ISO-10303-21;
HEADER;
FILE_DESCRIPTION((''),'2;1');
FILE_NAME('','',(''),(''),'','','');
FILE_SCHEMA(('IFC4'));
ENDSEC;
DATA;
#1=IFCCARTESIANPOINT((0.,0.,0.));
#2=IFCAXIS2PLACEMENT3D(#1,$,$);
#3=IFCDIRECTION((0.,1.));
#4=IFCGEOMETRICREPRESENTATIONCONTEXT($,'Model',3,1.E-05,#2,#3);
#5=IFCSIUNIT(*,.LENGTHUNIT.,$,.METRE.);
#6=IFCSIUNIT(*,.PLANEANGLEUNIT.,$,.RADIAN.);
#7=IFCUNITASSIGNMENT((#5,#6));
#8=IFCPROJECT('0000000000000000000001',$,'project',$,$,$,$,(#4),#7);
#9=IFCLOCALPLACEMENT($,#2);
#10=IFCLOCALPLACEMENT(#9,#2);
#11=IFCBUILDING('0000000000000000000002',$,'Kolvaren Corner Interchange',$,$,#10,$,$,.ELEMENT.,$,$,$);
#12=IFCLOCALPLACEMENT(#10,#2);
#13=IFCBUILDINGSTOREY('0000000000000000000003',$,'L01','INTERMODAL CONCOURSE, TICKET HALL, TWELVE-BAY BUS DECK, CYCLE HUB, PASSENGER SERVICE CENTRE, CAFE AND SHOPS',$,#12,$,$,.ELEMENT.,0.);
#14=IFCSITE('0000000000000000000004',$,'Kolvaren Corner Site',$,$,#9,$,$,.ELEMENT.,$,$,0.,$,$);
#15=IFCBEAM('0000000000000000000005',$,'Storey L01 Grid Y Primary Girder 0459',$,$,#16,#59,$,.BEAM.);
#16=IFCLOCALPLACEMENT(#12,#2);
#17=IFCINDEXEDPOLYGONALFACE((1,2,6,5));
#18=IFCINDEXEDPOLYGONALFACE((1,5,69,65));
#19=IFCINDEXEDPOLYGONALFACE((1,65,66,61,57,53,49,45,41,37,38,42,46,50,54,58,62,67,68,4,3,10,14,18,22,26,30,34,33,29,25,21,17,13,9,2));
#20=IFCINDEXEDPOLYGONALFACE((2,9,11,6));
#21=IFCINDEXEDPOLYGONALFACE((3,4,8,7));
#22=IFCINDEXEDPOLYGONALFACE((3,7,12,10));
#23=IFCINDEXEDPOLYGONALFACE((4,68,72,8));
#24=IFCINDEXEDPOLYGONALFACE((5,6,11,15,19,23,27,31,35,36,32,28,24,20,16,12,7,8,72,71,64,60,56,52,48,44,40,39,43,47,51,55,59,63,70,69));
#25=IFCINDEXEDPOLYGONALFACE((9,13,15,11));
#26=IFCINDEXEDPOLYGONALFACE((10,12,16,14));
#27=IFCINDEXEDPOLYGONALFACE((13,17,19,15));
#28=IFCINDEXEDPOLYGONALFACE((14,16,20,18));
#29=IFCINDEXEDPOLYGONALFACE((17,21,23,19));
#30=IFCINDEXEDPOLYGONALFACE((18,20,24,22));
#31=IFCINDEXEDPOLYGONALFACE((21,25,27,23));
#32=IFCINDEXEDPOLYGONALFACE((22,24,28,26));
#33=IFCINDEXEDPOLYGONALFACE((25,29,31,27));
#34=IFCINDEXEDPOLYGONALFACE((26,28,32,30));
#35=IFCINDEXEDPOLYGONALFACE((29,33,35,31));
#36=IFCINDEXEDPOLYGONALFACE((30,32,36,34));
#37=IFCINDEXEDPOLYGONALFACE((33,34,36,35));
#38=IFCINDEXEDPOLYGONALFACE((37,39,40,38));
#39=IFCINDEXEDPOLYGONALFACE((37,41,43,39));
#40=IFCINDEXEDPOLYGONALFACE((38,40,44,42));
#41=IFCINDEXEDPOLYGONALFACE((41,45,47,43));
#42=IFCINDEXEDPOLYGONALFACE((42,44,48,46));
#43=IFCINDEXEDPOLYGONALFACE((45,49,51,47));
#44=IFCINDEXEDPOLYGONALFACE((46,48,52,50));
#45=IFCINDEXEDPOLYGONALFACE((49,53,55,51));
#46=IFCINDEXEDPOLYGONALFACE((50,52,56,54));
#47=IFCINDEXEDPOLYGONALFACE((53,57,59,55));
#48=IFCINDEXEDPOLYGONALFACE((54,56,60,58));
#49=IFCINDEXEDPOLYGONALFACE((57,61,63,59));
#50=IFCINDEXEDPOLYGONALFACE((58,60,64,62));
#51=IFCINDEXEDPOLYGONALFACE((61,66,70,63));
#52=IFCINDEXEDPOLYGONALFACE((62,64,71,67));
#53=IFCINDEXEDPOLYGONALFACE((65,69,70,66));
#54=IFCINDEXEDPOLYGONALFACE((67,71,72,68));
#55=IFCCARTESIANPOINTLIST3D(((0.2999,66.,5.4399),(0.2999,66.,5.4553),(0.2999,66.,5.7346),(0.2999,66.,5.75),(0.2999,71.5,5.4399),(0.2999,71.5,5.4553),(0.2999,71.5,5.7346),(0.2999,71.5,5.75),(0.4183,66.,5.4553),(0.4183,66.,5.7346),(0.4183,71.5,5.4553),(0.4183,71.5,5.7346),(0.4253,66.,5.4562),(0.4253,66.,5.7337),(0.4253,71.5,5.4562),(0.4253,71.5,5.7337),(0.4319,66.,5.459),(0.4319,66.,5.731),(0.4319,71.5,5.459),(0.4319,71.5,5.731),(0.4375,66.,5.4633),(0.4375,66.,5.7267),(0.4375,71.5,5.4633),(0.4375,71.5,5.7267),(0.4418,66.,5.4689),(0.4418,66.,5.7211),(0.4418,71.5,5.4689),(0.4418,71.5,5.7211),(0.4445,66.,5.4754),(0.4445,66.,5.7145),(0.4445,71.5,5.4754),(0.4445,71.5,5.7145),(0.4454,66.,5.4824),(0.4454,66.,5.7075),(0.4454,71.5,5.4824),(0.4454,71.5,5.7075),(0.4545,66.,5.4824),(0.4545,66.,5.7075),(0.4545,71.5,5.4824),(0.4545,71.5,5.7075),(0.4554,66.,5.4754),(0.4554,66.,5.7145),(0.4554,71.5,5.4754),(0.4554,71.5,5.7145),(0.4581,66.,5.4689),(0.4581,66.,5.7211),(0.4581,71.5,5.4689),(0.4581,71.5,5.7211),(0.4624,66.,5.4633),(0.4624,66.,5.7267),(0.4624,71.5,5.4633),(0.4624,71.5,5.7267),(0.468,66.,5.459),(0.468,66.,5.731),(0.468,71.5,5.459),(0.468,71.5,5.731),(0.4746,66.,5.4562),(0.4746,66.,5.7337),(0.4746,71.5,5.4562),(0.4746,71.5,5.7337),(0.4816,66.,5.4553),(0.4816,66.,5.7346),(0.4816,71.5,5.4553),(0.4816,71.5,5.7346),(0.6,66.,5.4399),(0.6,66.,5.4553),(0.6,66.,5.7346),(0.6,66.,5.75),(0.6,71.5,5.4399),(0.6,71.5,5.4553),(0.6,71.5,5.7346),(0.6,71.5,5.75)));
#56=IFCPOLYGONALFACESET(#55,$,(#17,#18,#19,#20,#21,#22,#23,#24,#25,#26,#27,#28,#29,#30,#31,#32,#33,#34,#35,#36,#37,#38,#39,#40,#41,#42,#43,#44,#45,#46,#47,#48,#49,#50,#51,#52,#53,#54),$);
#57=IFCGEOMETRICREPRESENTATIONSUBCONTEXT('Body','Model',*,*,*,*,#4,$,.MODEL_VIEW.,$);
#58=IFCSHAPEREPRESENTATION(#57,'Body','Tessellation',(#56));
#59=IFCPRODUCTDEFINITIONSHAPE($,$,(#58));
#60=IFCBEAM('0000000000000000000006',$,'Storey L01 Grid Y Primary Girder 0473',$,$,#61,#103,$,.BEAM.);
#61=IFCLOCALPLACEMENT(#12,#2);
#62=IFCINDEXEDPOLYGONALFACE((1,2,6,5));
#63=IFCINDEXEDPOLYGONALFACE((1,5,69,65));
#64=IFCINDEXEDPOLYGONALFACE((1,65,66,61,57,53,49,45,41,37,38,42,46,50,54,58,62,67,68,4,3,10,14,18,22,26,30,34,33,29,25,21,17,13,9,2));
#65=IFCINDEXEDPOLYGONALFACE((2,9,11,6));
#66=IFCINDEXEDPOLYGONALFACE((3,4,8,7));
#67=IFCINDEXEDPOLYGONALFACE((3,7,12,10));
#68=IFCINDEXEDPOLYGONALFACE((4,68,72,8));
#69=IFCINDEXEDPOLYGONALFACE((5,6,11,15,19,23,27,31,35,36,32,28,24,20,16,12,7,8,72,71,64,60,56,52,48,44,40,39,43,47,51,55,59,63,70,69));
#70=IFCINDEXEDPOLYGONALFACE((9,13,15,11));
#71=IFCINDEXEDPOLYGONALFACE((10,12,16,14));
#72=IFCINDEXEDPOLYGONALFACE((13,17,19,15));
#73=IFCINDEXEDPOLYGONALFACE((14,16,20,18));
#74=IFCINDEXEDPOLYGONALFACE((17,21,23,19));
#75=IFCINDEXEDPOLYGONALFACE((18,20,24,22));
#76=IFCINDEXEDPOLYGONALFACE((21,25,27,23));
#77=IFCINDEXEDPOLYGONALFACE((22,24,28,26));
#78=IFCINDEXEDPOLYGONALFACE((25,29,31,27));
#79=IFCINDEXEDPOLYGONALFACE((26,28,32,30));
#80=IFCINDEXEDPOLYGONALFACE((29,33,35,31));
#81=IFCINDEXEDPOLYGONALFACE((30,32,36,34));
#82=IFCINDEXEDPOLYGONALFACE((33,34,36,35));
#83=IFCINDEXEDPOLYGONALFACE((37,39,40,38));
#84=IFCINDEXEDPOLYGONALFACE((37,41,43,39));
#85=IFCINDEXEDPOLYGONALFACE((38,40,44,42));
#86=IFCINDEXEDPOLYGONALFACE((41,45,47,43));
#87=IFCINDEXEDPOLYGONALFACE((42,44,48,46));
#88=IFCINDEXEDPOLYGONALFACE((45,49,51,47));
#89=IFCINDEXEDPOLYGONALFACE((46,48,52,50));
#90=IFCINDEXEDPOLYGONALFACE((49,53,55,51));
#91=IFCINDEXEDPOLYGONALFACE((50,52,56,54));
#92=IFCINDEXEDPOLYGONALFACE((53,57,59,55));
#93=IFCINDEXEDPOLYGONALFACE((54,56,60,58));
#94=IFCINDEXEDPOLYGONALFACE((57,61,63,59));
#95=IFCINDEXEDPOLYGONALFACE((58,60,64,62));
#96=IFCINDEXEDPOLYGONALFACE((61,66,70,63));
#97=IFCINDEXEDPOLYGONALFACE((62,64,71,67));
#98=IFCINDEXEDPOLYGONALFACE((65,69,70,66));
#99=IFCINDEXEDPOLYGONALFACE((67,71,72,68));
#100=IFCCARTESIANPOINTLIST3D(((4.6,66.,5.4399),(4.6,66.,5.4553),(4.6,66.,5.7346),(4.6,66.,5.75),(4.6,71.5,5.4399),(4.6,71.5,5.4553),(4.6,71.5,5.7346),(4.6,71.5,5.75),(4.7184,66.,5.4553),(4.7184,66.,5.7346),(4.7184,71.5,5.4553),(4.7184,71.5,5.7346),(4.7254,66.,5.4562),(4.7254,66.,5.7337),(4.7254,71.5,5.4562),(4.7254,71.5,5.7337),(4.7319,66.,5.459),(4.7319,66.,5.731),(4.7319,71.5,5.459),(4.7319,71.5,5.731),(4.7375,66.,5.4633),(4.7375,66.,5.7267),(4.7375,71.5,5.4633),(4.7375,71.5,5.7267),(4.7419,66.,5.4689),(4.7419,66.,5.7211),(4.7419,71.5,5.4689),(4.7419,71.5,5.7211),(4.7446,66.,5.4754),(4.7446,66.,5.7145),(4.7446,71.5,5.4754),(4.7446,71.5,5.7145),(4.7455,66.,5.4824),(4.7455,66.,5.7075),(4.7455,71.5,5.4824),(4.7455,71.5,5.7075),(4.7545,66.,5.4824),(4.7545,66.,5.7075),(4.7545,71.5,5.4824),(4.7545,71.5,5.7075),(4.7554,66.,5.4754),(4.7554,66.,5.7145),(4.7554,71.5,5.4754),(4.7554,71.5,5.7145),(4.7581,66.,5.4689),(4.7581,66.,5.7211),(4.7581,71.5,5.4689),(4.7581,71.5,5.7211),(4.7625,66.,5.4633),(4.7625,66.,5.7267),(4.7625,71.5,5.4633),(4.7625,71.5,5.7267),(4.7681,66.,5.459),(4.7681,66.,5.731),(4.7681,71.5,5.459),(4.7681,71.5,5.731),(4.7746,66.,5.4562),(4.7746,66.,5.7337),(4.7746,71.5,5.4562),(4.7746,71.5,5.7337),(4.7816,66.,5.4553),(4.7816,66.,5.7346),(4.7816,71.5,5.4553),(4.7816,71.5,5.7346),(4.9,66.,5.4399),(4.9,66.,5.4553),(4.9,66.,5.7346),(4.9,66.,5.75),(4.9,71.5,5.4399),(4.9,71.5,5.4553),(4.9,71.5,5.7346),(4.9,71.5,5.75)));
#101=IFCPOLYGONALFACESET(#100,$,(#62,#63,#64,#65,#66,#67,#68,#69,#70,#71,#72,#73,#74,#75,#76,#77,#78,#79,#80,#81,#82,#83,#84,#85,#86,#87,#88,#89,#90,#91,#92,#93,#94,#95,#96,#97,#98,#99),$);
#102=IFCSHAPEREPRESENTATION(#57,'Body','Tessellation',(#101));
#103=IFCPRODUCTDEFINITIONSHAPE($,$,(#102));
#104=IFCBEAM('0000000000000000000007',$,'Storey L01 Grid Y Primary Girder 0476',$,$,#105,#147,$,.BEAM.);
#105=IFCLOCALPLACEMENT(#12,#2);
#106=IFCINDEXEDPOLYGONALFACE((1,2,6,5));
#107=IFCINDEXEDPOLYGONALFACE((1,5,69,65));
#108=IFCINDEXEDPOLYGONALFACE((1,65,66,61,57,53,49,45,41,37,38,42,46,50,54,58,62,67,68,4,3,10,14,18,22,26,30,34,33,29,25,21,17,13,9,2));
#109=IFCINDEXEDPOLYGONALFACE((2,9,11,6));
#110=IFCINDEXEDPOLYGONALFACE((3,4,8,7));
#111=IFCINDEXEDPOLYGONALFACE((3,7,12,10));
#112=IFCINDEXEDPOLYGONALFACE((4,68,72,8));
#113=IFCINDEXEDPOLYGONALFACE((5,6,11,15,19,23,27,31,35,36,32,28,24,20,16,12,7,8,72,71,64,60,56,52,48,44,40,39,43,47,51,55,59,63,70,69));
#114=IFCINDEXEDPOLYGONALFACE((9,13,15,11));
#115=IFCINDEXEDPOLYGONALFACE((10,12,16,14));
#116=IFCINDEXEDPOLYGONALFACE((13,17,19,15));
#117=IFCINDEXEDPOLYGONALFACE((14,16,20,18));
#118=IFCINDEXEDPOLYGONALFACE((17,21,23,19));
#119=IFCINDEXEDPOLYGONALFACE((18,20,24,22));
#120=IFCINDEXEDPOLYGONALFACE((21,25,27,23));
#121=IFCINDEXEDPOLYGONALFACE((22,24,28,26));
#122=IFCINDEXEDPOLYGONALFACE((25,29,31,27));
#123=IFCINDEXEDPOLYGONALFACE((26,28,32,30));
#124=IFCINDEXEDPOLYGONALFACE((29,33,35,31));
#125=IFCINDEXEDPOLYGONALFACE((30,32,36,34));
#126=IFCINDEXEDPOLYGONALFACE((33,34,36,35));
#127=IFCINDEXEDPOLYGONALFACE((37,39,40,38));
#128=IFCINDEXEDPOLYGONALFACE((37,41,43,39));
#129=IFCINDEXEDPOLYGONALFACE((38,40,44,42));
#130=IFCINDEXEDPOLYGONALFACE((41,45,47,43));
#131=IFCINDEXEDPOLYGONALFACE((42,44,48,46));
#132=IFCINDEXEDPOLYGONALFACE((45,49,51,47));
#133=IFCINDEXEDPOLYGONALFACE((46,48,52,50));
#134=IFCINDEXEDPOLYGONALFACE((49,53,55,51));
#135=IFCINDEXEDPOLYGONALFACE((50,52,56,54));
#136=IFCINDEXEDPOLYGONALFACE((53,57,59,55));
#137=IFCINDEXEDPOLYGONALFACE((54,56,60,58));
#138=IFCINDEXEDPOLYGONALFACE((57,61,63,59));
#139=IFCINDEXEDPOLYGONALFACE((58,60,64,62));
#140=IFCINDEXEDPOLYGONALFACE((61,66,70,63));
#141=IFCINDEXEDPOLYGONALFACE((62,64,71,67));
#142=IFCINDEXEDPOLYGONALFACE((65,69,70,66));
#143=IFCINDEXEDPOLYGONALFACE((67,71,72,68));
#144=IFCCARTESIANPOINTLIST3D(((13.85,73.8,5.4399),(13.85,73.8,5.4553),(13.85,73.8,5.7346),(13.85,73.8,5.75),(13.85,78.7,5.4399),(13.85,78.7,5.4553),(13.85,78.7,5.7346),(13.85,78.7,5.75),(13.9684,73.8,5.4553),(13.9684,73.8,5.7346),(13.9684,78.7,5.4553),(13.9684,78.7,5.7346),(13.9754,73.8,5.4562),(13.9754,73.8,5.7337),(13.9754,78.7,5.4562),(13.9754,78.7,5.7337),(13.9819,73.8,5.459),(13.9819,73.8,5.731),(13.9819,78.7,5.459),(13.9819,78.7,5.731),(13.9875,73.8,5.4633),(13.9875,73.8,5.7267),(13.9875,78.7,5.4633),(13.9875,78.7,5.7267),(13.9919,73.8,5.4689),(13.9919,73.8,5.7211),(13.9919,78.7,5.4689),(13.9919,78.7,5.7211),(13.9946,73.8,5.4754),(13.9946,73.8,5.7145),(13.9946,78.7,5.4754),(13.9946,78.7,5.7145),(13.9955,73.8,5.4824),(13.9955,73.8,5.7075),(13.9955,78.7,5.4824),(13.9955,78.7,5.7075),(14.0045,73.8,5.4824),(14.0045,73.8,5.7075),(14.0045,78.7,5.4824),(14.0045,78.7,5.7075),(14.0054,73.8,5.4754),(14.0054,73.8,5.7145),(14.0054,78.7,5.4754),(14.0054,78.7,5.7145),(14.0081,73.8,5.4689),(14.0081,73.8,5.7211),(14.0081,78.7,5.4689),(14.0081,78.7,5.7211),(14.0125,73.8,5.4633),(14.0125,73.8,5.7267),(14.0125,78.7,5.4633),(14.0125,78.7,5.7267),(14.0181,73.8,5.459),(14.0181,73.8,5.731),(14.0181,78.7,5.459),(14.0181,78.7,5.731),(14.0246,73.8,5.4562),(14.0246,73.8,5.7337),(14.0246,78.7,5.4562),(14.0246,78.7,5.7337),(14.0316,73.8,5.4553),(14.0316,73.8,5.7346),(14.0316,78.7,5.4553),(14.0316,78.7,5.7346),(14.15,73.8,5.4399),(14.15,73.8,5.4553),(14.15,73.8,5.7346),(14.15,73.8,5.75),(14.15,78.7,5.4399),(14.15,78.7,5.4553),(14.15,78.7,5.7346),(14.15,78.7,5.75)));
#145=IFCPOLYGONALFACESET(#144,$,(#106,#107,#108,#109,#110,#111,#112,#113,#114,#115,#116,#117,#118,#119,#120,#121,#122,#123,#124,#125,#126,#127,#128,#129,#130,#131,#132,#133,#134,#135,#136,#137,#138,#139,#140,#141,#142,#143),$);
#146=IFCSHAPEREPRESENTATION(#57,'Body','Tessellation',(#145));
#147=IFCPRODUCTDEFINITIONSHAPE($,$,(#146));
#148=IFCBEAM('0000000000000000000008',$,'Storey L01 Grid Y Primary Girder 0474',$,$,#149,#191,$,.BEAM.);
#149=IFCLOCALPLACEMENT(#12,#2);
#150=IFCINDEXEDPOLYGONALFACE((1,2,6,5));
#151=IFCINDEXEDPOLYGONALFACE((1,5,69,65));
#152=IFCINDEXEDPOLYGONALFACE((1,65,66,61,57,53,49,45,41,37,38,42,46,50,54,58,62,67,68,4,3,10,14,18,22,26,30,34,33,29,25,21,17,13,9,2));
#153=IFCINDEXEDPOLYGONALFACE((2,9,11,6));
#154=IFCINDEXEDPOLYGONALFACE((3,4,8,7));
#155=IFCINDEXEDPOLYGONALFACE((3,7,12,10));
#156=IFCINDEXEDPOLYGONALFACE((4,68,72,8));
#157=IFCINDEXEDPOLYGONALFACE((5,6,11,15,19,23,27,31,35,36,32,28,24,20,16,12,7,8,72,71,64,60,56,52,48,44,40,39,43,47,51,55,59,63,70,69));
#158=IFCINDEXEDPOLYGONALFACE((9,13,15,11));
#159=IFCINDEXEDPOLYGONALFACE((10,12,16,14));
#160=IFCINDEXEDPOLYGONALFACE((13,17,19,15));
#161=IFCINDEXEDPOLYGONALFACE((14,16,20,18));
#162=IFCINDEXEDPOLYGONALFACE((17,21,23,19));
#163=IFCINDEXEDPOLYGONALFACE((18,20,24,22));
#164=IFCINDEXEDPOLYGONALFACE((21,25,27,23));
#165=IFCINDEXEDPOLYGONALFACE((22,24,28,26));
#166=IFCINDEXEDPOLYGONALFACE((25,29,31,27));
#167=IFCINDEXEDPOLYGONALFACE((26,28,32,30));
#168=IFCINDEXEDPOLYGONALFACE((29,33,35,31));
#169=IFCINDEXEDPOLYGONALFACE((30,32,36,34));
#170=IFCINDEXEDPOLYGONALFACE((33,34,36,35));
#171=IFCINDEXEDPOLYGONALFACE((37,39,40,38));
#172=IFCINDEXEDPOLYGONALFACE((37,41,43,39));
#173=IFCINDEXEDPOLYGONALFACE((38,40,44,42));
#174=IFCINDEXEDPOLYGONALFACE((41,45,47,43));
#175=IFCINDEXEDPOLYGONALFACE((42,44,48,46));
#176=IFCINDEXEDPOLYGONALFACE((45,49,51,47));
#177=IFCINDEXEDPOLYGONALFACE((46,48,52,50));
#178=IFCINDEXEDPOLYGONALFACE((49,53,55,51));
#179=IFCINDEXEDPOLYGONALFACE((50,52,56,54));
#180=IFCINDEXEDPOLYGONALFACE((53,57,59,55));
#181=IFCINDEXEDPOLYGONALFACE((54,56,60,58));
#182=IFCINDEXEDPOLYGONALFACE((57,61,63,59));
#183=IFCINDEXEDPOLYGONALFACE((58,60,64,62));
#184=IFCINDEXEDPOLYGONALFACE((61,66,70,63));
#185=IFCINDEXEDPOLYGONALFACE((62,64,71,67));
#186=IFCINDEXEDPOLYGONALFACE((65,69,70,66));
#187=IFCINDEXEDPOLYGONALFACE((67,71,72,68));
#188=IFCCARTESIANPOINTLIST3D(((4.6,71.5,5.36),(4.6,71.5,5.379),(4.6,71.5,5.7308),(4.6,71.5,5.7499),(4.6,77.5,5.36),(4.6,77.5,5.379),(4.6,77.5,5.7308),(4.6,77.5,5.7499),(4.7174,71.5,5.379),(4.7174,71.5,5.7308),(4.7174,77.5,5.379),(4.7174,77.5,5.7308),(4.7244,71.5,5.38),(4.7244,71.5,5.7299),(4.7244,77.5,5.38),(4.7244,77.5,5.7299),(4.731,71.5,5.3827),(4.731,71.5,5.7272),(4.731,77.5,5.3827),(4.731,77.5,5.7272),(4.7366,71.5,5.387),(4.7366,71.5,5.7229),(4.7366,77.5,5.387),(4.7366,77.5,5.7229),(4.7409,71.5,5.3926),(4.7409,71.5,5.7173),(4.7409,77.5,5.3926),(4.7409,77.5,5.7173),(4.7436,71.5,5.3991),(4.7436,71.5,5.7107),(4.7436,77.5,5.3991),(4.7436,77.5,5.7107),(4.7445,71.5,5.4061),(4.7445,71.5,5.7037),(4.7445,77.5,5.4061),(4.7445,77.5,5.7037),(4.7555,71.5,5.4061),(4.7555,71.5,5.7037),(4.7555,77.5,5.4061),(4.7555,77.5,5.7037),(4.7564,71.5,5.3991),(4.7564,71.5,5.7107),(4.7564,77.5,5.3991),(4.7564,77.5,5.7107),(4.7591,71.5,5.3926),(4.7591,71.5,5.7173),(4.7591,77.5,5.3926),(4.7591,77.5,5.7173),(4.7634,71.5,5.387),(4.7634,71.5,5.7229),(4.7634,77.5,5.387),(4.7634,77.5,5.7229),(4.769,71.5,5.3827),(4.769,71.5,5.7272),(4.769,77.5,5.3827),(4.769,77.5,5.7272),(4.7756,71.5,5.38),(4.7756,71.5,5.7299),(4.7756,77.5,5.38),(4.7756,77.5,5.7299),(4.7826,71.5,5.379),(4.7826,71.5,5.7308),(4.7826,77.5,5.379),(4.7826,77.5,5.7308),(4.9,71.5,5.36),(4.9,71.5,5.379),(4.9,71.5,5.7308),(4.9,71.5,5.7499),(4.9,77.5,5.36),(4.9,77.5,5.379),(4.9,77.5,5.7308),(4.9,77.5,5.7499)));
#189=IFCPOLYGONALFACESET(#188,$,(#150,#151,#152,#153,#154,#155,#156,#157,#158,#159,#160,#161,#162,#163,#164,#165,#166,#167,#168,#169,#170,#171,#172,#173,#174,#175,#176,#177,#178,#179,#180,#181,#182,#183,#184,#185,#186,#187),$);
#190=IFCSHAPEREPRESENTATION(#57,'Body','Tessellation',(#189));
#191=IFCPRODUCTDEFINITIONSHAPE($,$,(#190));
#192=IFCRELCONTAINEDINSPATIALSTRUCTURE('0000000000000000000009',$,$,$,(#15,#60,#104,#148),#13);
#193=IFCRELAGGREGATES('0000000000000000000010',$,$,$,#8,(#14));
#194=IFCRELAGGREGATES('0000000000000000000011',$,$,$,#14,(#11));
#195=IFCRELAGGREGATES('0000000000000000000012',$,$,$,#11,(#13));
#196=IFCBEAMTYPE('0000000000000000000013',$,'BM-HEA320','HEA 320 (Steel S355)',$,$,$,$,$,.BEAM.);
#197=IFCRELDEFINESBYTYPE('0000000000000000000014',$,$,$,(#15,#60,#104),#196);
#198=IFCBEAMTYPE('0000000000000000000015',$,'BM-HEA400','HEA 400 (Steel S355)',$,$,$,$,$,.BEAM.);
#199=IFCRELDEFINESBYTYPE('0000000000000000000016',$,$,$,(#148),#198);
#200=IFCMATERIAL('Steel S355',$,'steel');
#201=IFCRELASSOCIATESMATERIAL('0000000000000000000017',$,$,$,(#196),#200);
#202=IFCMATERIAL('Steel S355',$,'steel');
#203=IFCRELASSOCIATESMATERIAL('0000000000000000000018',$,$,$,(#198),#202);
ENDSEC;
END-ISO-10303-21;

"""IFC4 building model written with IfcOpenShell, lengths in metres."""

from ifc_helpers import new_model, si_unit, direction, frame, origin, origin_2d, place, context, subcontext, project, spatial, i_section, extrude, material, material_profile, profile_set, type_object, element, save


model = new_model("IFC4")

# Units and contexts
model_context = context("Model", 3, precision=1e-05, world=origin(), true_north=direction((0.0, 1.0)))
body_context = subcontext(model_context, "Body", "Model", "MODEL_VIEW")
ifc_project = project(units=[si_unit("LENGTHUNIT", "METRE"), si_unit("PLANEANGLEUNIT", "RADIAN")], contexts=[model_context])

# Site, building, storey
site_placement = place(None, origin())
site = spatial("IfcSite", under=ifc_project, at=site_placement, Name="Kolvaren Corner Site", CompositionType="ELEMENT", RefElevation=0.0)
building_placement = place(site_placement, origin())
building = spatial("IfcBuilding", under=site, at=building_placement, Name="Kolvaren Corner Interchange", CompositionType="ELEMENT")
storey_placement = place(building_placement, origin())
storey = spatial("IfcBuildingStorey", under=building, at=storey_placement, Name="L01", Description="INTERMODAL CONCOURSE, TICKET HALL, TWELVE-BAY BUS DECK, CYCLE HUB, PASSENGER SERVICE CENTRE, CAFE AND SHOPS", CompositionType="ELEMENT", Elevation=0.0)

# Beams
ifc_material_1 = material(Name="Steel S355", Category="steel")
ifc_material_profile_1 = material_profile(ifc_material_1, i_section(OverallWidth=0.3, OverallDepth=0.3101, WebThickness=0.009, FlangeThickness=0.0154, FilletRadius=0.0271, at=origin_2d()), Name="HEA 320")
ifc_profile_set_1 = profile_set([ifc_material_profile_1], Name="Steel S355")
beam_type_1 = type_object("IfcBeamType", Name="BM-HEA320", Description="HEA 320 (Steel S355)", PredefinedType="BEAM", material=ifc_profile_set_1)
for number, where, z_axis, x_axis, name in (
    (1, (0.45, 66.0, 5.595), (0.0, 1.0, 0.0), (-1.0, 0.0, 0.0), "Storey L01 Grid Y Primary Girder 0459"),
    (2, (4.75, 66.0, 5.595), (0.0, 1.0, 0.0), (-1.0, 0.0, 0.0), "Storey L01 Grid Y Primary Girder 0473"),
):
    element("IfcBeam", number, at=place(storey_placement, frame(where, z_axis=z_axis, x_axis=x_axis)), inside=storey, type_object=beam_type_1, Name=name, PredefinedType="BEAM", context=body_context, shape_type="SweptSolid", body=[
        extrude(i_section(OverallWidth=0.3, OverallDepth=0.3101, WebThickness=0.009, FlangeThickness=0.0154, FilletRadius=0.0271, at=origin_2d()), origin(), (0.0, 0.0, 1.0), 5.5),
    ])
beam_1_placement = place(storey_placement, frame((14.0, 73.8, 5.595), z_axis=(0.0, 1.0, 0.0), x_axis=(-1.0, 0.0, 0.0)))
element("IfcBeam", 3, at=beam_1_placement, inside=storey, type_object=beam_type_1, Name="Storey L01 Grid Y Primary Girder 0476", PredefinedType="BEAM", context=body_context, shape_type="SweptSolid", body=[
    extrude(i_section(OverallWidth=0.3, OverallDepth=0.3101, WebThickness=0.009, FlangeThickness=0.0154, FilletRadius=0.0271, at=origin_2d()), origin(), (0.0, 0.0, 1.0), 4.8999),
])
ifc_material_2 = material(Name="Steel S355", Category="steel")
ifc_material_profile_2 = material_profile(ifc_material_2, i_section(OverallWidth=0.3, OverallDepth=0.3899, WebThickness=0.011, FlangeThickness=0.019, FilletRadius=0.0271, at=origin_2d()), Name="HEA 400")
ifc_profile_set_2 = profile_set([ifc_material_profile_2], Name="Steel S355")
beam_type_2 = type_object("IfcBeamType", Name="BM-HEA400", Description="HEA 400 (Steel S355)", PredefinedType="BEAM", material=ifc_profile_set_2)
beam_2_placement = place(storey_placement, frame((4.75, 71.5, 5.5549), z_axis=(0.0, 1.0, 0.0), x_axis=(-1.0, 0.0, 0.0)))
element("IfcBeam", 4, at=beam_2_placement, inside=storey, type_object=beam_type_2, Name="Storey L01 Grid Y Primary Girder 0474", PredefinedType="BEAM", context=body_context, shape_type="SweptSolid", body=[
    extrude(i_section(OverallWidth=0.3, OverallDepth=0.3899, WebThickness=0.011, FlangeThickness=0.019, FilletRadius=0.0271, at=origin_2d()), origin(), (0.0, 0.0, 1.0), 6.0),
])

save(model, "model.ifc")
